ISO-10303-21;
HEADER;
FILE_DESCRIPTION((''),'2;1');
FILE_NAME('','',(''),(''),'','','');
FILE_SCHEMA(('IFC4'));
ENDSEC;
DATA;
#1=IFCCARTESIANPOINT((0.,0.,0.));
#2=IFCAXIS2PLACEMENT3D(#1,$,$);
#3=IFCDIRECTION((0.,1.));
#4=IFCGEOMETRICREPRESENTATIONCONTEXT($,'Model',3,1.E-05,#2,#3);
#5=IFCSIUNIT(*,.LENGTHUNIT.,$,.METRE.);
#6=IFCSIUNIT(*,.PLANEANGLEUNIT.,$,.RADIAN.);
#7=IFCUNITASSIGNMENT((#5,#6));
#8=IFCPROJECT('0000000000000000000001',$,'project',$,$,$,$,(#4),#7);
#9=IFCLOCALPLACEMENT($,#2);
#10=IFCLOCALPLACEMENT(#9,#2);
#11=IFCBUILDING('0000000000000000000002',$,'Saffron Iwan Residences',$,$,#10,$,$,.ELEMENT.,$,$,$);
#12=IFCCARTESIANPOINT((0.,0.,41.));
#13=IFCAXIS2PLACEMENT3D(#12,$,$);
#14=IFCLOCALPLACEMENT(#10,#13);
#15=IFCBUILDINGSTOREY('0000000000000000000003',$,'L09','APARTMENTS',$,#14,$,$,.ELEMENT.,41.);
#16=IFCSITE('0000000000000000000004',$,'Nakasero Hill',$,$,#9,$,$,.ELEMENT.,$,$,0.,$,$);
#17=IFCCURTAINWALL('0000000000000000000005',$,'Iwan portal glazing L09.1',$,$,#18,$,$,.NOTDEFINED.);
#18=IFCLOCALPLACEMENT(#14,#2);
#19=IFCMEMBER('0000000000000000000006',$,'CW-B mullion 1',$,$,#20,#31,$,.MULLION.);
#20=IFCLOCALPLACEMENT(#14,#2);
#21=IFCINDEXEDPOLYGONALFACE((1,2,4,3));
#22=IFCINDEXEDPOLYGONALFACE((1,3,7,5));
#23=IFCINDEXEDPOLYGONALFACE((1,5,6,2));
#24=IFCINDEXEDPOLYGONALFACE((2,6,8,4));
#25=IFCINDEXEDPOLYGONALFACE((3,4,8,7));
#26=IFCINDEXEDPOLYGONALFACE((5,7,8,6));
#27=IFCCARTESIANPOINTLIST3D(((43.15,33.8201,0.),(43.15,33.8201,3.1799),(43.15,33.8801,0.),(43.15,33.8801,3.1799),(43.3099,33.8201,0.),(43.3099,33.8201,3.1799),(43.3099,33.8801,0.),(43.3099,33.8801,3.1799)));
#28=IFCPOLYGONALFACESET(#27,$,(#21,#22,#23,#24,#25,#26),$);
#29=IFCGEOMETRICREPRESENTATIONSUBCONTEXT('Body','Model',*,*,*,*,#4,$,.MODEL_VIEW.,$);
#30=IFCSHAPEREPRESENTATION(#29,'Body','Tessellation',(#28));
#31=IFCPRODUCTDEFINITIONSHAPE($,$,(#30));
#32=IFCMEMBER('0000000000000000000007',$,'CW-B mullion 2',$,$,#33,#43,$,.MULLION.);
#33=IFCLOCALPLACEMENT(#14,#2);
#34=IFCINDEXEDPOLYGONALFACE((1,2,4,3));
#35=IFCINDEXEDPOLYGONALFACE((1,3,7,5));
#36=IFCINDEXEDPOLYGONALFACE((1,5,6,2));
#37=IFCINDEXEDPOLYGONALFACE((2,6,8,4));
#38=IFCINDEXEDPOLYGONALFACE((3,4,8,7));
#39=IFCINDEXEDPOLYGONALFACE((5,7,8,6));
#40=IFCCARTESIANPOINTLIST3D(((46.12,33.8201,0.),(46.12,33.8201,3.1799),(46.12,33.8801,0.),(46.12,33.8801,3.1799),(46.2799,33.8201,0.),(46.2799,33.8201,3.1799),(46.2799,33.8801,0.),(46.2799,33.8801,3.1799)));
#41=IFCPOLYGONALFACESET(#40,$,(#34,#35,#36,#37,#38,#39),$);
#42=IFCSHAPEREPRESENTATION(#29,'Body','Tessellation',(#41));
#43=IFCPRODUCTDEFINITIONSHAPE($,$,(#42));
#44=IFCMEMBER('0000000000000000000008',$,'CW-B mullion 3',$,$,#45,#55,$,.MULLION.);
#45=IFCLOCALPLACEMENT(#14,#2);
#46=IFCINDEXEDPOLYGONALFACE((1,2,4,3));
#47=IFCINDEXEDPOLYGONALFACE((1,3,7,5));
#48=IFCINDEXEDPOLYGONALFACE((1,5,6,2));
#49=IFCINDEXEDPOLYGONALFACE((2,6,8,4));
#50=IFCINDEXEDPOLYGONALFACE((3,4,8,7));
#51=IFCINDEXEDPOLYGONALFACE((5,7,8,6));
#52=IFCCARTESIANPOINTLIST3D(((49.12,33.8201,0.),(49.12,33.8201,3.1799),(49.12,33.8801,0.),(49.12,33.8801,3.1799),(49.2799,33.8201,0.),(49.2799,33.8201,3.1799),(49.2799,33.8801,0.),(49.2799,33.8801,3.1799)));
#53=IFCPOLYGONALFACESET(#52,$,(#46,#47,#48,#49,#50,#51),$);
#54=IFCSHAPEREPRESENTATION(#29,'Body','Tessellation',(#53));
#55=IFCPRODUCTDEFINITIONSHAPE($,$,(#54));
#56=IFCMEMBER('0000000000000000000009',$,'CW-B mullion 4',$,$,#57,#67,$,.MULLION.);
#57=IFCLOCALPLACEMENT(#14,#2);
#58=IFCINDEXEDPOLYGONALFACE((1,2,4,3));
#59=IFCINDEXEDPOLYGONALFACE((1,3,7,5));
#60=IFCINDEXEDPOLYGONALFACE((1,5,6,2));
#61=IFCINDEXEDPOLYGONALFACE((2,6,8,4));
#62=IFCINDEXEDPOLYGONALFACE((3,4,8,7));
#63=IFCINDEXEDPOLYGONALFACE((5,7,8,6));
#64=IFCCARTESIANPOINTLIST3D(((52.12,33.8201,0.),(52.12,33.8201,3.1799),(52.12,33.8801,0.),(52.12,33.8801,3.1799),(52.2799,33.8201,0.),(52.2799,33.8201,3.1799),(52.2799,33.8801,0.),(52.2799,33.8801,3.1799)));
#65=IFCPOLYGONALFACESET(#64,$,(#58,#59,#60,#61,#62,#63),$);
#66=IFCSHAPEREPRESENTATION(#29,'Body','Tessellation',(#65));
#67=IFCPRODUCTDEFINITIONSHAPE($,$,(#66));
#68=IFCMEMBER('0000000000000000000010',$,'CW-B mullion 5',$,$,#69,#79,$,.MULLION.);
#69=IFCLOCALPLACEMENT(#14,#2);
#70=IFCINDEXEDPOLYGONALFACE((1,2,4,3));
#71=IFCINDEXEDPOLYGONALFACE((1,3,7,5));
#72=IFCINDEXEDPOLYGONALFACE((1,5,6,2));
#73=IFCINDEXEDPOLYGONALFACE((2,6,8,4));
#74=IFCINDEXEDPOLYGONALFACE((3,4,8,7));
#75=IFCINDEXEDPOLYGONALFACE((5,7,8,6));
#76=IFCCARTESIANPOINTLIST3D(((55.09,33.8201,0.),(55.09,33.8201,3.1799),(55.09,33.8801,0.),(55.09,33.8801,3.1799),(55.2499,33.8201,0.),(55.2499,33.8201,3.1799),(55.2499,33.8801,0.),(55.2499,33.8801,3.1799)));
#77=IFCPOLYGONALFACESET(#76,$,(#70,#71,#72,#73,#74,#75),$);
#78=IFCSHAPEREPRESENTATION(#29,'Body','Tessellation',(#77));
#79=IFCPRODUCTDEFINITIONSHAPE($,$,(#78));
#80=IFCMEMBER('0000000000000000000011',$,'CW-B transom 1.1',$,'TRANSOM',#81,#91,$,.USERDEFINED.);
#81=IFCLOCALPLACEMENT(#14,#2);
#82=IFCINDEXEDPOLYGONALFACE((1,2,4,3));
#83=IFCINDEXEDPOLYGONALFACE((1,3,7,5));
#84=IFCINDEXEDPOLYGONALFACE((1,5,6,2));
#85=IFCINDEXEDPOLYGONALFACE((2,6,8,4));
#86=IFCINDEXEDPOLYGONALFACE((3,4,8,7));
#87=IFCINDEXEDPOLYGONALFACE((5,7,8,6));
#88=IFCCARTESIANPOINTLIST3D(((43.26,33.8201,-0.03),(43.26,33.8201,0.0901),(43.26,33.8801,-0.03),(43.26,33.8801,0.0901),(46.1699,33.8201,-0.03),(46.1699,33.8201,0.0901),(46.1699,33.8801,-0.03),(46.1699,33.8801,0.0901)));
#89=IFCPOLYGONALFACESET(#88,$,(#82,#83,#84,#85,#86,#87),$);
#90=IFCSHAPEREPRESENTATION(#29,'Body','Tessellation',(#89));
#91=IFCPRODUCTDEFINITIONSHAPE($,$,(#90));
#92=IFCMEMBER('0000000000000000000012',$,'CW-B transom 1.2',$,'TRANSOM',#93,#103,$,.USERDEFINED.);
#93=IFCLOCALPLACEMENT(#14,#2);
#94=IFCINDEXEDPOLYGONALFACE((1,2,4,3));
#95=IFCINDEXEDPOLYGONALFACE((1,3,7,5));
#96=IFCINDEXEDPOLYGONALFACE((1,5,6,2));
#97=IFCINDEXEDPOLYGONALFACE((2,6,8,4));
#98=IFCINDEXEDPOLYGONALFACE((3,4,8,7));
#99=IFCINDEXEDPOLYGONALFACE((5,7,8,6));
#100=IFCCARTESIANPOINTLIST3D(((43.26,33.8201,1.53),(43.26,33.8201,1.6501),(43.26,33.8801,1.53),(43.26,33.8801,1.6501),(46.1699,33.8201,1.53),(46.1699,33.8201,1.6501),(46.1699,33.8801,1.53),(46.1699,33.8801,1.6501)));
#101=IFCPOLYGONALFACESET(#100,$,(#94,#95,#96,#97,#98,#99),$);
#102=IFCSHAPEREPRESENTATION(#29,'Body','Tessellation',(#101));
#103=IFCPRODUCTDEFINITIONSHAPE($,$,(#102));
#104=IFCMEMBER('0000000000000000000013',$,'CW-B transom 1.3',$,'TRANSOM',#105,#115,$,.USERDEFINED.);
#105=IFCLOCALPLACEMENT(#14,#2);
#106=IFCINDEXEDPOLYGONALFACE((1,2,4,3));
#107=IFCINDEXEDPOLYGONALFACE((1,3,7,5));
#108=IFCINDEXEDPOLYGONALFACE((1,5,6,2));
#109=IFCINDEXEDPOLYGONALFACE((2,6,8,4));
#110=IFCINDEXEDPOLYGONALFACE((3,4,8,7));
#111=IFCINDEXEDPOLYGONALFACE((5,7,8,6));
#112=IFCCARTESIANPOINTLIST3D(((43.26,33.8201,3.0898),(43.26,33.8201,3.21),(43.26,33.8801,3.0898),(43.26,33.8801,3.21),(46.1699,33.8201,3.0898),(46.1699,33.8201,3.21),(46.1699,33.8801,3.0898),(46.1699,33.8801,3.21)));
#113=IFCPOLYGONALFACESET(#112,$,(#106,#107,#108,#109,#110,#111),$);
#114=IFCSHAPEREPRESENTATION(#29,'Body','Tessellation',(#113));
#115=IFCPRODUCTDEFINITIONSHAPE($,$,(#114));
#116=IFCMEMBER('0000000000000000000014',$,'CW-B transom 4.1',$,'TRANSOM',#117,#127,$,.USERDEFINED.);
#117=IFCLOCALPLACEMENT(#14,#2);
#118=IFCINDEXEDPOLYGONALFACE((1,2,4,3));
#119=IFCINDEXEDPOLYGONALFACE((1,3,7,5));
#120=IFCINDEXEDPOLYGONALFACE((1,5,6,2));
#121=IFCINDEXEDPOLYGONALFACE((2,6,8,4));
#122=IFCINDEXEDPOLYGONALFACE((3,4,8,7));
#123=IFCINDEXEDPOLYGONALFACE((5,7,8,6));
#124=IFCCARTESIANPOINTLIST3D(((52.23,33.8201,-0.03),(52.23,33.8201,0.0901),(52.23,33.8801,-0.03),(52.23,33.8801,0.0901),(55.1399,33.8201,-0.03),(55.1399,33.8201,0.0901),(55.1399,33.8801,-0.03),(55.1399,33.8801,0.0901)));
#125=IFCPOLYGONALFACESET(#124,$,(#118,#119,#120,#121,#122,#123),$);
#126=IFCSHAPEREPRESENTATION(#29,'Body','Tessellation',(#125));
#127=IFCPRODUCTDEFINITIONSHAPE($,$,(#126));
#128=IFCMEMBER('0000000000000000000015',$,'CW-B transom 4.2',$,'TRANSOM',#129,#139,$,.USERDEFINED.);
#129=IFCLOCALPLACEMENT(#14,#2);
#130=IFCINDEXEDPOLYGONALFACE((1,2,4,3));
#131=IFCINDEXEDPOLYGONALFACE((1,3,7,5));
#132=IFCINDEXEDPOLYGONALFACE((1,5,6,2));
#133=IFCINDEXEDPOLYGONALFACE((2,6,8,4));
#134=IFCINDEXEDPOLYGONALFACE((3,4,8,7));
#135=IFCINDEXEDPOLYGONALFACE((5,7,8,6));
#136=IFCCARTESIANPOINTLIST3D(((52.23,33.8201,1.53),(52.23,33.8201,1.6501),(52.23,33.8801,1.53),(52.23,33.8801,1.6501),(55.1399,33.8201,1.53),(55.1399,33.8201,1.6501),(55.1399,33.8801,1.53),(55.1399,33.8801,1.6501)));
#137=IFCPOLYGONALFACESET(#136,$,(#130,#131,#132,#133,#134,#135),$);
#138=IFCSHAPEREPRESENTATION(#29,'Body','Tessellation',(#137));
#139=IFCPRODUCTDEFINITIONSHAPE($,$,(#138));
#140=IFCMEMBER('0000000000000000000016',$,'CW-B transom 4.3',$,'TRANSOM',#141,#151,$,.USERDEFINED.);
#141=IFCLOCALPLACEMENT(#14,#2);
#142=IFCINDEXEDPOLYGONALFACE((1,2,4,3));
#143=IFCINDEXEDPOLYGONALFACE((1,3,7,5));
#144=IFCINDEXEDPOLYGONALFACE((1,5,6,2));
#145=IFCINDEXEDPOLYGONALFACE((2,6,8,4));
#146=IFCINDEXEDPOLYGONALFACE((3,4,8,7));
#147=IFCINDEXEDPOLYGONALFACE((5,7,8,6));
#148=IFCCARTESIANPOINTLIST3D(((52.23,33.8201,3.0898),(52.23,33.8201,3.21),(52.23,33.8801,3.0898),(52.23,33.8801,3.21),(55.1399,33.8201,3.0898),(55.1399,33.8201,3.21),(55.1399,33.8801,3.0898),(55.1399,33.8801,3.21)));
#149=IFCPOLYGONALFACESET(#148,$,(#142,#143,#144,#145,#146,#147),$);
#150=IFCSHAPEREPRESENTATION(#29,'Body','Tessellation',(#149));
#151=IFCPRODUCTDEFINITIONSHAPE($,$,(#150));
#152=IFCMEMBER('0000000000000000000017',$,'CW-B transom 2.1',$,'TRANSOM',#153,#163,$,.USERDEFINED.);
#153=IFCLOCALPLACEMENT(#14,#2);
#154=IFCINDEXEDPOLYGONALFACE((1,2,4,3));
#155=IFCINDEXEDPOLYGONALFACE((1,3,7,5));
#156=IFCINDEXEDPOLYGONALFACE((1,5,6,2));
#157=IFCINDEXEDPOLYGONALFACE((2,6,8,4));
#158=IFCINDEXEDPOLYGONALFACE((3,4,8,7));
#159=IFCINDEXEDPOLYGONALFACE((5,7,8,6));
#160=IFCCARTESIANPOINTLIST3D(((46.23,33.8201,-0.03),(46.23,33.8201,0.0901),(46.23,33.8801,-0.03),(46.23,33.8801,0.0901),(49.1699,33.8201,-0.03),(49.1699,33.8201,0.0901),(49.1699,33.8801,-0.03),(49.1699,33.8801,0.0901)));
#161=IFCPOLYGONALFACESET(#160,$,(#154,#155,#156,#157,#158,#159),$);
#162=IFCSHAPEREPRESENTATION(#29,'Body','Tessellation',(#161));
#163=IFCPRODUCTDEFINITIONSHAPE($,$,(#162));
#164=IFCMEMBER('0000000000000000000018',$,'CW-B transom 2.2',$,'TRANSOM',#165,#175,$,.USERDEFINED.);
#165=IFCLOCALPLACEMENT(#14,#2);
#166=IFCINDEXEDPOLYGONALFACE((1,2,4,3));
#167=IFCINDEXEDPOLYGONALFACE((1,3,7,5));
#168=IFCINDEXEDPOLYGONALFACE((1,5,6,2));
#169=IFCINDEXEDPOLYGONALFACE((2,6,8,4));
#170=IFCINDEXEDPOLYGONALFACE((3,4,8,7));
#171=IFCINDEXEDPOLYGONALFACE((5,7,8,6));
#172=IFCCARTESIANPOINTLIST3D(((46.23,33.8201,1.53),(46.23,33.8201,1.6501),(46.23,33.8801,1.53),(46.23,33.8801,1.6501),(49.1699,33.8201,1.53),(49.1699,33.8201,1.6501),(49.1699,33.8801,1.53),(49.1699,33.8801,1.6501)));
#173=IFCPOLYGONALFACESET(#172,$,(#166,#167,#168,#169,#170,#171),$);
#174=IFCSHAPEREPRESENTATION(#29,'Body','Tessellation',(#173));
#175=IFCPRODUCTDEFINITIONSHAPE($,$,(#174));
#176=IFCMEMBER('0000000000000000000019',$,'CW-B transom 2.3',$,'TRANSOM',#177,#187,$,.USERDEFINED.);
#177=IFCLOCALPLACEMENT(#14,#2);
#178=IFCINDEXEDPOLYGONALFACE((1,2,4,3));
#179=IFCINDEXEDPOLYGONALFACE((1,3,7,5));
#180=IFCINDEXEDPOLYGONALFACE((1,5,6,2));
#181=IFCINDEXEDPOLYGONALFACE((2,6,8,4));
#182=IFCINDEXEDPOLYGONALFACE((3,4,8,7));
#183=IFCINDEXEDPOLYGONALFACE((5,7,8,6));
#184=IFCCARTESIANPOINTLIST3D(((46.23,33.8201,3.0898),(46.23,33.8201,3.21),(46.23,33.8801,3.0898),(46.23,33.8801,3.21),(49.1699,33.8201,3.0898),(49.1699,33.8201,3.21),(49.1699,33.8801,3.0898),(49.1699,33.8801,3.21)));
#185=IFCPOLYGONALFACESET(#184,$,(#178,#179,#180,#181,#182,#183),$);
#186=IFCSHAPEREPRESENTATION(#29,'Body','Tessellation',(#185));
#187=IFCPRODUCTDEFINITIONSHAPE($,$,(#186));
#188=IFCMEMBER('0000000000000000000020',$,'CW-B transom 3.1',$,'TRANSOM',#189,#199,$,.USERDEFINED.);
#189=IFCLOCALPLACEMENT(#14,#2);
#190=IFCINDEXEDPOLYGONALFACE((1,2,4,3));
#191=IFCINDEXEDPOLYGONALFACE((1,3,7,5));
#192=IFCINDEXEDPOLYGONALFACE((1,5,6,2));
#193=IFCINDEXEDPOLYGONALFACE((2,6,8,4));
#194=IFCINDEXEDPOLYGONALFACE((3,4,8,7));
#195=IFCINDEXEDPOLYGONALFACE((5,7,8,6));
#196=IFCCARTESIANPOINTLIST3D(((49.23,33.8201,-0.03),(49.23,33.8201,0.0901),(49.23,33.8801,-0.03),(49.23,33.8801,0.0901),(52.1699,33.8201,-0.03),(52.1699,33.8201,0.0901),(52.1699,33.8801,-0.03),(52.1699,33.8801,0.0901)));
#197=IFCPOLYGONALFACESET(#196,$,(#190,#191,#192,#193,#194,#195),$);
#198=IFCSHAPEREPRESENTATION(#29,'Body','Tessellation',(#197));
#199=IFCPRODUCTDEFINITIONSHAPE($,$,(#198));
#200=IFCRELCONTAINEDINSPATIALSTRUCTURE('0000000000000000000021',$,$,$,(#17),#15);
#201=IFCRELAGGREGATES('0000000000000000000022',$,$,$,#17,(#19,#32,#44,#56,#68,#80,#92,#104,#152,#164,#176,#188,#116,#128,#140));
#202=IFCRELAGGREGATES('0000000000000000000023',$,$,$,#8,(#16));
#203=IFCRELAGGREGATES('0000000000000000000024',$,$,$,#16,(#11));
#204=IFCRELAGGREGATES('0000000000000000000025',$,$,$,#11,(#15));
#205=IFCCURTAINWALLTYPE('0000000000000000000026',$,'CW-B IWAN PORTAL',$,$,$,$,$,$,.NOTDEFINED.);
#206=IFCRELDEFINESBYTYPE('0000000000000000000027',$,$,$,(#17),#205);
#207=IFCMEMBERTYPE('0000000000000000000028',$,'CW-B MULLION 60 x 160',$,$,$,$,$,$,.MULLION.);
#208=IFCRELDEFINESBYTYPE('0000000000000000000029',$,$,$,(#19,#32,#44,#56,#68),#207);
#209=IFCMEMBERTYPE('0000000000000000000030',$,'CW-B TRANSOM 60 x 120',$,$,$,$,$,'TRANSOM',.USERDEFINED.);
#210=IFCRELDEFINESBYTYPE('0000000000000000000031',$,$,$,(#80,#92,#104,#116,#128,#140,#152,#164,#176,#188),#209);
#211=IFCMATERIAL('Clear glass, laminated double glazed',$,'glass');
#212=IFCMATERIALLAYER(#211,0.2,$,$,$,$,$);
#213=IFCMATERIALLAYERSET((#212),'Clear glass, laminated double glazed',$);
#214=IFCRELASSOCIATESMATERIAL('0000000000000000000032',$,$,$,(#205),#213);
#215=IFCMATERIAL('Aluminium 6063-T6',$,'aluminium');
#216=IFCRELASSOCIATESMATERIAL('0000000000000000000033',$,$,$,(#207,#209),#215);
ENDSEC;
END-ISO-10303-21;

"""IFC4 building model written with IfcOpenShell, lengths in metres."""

from ifc_helpers import new_model, si_unit, direction, frame, origin, origin_2d, place, context, subcontext, project, spatial, rectangle, extrude, source, transform, mapped, material, layer, layer_set, material_profile, profile_set, type_object, element, aggregate, save


model = new_model("IFC4")

# Units and contexts
model_context = context("Model", 3, precision=1e-05, world=origin(), true_north=direction((0.0, 1.0)))
body_context = subcontext(model_context, "Body", "Model", "MODEL_VIEW")
ifc_project = project(units=[si_unit("LENGTHUNIT", "METRE"), si_unit("PLANEANGLEUNIT", "RADIAN")], contexts=[model_context])

# Site, building, storey
site_placement = place(None, origin())
site = spatial("IfcSite", under=ifc_project, at=site_placement, Name="Nakasero Hill", CompositionType="ELEMENT", RefElevation=0.0)
building_placement = place(site_placement, origin())
building = spatial("IfcBuilding", under=site, at=building_placement, Name="Saffron Iwan Residences", CompositionType="ELEMENT")
storey_placement = place(building_placement, frame((0.0, 0.0, 41.0)))
storey = spatial("IfcBuildingStorey", under=building, at=storey_placement, Name="L09", Description="APARTMENTS", CompositionType="ELEMENT", Elevation=41.0)

# Curtain wall, members
ifc_material_1 = material(Name="Clear glass, laminated double glazed", Category="glass")
ifc_layer_1 = layer(ifc_material_1, 0.2)
ifc_layer_set_1 = layer_set([ifc_layer_1], Name="Clear glass, laminated double glazed")
curtain_wall_type = type_object("IfcCurtainWallType", Name="CW-B IWAN PORTAL", PredefinedType="NOTDEFINED", material=ifc_layer_set_1)
curtain_wall_placement = place(storey_placement, origin())
curtain_wall = element("IfcCurtainWall", 1, at=curtain_wall_placement, inside=storey, type_object=curtain_wall_type, Name="Iwan portal glazing L09.1", PredefinedType="NOTDEFINED")
ifc_material_2 = material(Name="Aluminium 6063-T6", Category="aluminium")
ifc_material_profile_1 = material_profile(ifc_material_2, rectangle(XDim=0.0601, YDim=0.1599, at=origin_2d()), Name="CW-B MULLION 60 x 160")
ifc_profile_set_1 = profile_set([ifc_material_profile_1], Name="Aluminium 6063-T6")
member_type_1 = type_object("IfcMemberType", Name="CW-B MULLION 60 x 160", PredefinedType="MULLION", material=ifc_profile_set_1)
shared_shape_1 = source(origin(), body_context, "Body", "SweptSolid", [
    extrude(rectangle(XDim=0.0601, YDim=0.1599, at=origin_2d()), origin(), (0.0, 0.0, 1.0), 3.1799),
])
member_1_placement = place(storey_placement, frame((43.23, 33.8501, 0.0), z_axis=(0.0, 0.0, 1.0), x_axis=(0.0, 1.0, 0.0)))
member_1 = element("IfcMember", 2, at=member_1_placement, type_object=member_type_1, Name="CW-B mullion 1", PredefinedType="MULLION", context=body_context, shape_type="MappedRepresentation", body=[
    mapped(shared_shape_1, transform((0.0, 0.0, 0.0))),
])
member_2_placement = place(storey_placement, frame((46.2, 33.8501, 0.0), z_axis=(0.0, 0.0, 1.0), x_axis=(0.0, 1.0, 0.0)))
member_2 = element("IfcMember", 3, at=member_2_placement, type_object=member_type_1, Name="CW-B mullion 2", PredefinedType="MULLION", context=body_context, shape_type="MappedRepresentation", body=[
    mapped(shared_shape_1, transform((0.0, 0.0, 0.0))),
])
member_3_placement = place(storey_placement, frame((49.2, 33.8501, 0.0), z_axis=(0.0, 0.0, 1.0), x_axis=(0.0, 1.0, 0.0)))
member_3 = element("IfcMember", 4, at=member_3_placement, type_object=member_type_1, Name="CW-B mullion 3", PredefinedType="MULLION", context=body_context, shape_type="MappedRepresentation", body=[
    mapped(shared_shape_1, transform((0.0, 0.0, 0.0))),
])
member_4_placement = place(storey_placement, frame((52.2, 33.8501, 0.0), z_axis=(0.0, 0.0, 1.0), x_axis=(0.0, 1.0, 0.0)))
member_4 = element("IfcMember", 5, at=member_4_placement, type_object=member_type_1, Name="CW-B mullion 4", PredefinedType="MULLION", context=body_context, shape_type="MappedRepresentation", body=[
    mapped(shared_shape_1, transform((0.0, 0.0, 0.0))),
])
member_5_placement = place(storey_placement, frame((55.1699, 33.8501, 0.0), z_axis=(0.0, 0.0, 1.0), x_axis=(0.0, 1.0, 0.0)))
member_5 = element("IfcMember", 6, at=member_5_placement, type_object=member_type_1, Name="CW-B mullion 5", PredefinedType="MULLION", context=body_context, shape_type="MappedRepresentation", body=[
    mapped(shared_shape_1, transform((0.0, 0.0, 0.0))),
])
ifc_material_profile_2 = material_profile(ifc_material_2, rectangle(XDim=0.0601, YDim=0.1201, at=origin_2d()), Name="CW-B TRANSOM 60 x 120")
ifc_profile_set_2 = profile_set([ifc_material_profile_2], Name="Aluminium 6063-T6")
member_type_2 = type_object("IfcMemberType", Name="CW-B TRANSOM 60 x 120", ElementType="TRANSOM", PredefinedType="USERDEFINED", material=ifc_profile_set_2)
shared_shape_2 = source(origin(), body_context, "Body", "SweptSolid", [
    extrude(rectangle(XDim=0.0601, YDim=0.1201, at=origin_2d()), origin(), (0.0, 0.0, 1.0), 2.9099),
])
member_6_placement = place(storey_placement, frame((43.26, 33.8501, 0.03), z_axis=(1.0, 0.0, 0.0), x_axis=(0.0, 1.0, 0.0)))
member_6 = element("IfcMember", 7, at=member_6_placement, type_object=member_type_2, Name="CW-B transom 1.1", ObjectType="TRANSOM", PredefinedType="USERDEFINED", context=body_context, shape_type="MappedRepresentation", body=[
    mapped(shared_shape_2, transform((0.0, 0.0, 0.0))),
])
member_7_placement = place(storey_placement, frame((43.26, 33.8501, 1.5901), z_axis=(1.0, 0.0, 0.0), x_axis=(0.0, 1.0, 0.0)))
member_7 = element("IfcMember", 8, at=member_7_placement, type_object=member_type_2, Name="CW-B transom 1.2", ObjectType="TRANSOM", PredefinedType="USERDEFINED", context=body_context, shape_type="MappedRepresentation", body=[
    mapped(shared_shape_2, transform((0.0, 0.0, 0.0))),
])
member_8_placement = place(storey_placement, frame((43.26, 33.8501, 3.1499), z_axis=(1.0, 0.0, 0.0), x_axis=(0.0, 1.0, 0.0)))
member_8 = element("IfcMember", 9, at=member_8_placement, type_object=member_type_2, Name="CW-B transom 1.3", ObjectType="TRANSOM", PredefinedType="USERDEFINED", context=body_context, shape_type="MappedRepresentation", body=[
    mapped(shared_shape_2, transform((0.0, 0.0, 0.0))),
])
member_9_placement = place(storey_placement, frame((52.23, 33.8501, 0.03), z_axis=(1.0, 0.0, 0.0), x_axis=(0.0, 1.0, 0.0)))
member_9 = element("IfcMember", 10, at=member_9_placement, type_object=member_type_2, Name="CW-B transom 4.1", ObjectType="TRANSOM", PredefinedType="USERDEFINED", context=body_context, shape_type="MappedRepresentation", body=[
    mapped(shared_shape_2, transform((0.0, 0.0, 0.0))),
])
member_10_placement = place(storey_placement, frame((52.23, 33.8501, 1.5901), z_axis=(1.0, 0.0, 0.0), x_axis=(0.0, 1.0, 0.0)))
member_10 = element("IfcMember", 11, at=member_10_placement, type_object=member_type_2, Name="CW-B transom 4.2", ObjectType="TRANSOM", PredefinedType="USERDEFINED", context=body_context, shape_type="MappedRepresentation", body=[
    mapped(shared_shape_2, transform((0.0, 0.0, 0.0))),
])
member_11_placement = place(storey_placement, frame((52.23, 33.8501, 3.1499), z_axis=(1.0, 0.0, 0.0), x_axis=(0.0, 1.0, 0.0)))
member_11 = element("IfcMember", 12, at=member_11_placement, type_object=member_type_2, Name="CW-B transom 4.3", ObjectType="TRANSOM", PredefinedType="USERDEFINED", context=body_context, shape_type="MappedRepresentation", body=[
    mapped(shared_shape_2, transform((0.0, 0.0, 0.0))),
])
shared_shape_3 = source(origin(), body_context, "Body", "SweptSolid", [
    extrude(rectangle(XDim=0.0601, YDim=0.1201, at=origin_2d()), origin(), (0.0, 0.0, 1.0), 2.9399),
])
member_12_placement = place(storey_placement, frame((46.23, 33.8501, 0.03), z_axis=(1.0, 0.0, 0.0), x_axis=(0.0, 1.0, 0.0)))
member_12 = element("IfcMember", 13, at=member_12_placement, type_object=member_type_2, Name="CW-B transom 2.1", ObjectType="TRANSOM", PredefinedType="USERDEFINED", context=body_context, shape_type="MappedRepresentation", body=[
    mapped(shared_shape_3, transform((0.0, 0.0, 0.0))),
])
member_13_placement = place(storey_placement, frame((46.23, 33.8501, 1.5901), z_axis=(1.0, 0.0, 0.0), x_axis=(0.0, 1.0, 0.0)))
member_13 = element("IfcMember", 14, at=member_13_placement, type_object=member_type_2, Name="CW-B transom 2.2", ObjectType="TRANSOM", PredefinedType="USERDEFINED", context=body_context, shape_type="MappedRepresentation", body=[
    mapped(shared_shape_3, transform((0.0, 0.0, 0.0))),
])
member_14_placement = place(storey_placement, frame((46.23, 33.8501, 3.1499), z_axis=(1.0, 0.0, 0.0), x_axis=(0.0, 1.0, 0.0)))
member_14 = element("IfcMember", 15, at=member_14_placement, type_object=member_type_2, Name="CW-B transom 2.3", ObjectType="TRANSOM", PredefinedType="USERDEFINED", context=body_context, shape_type="MappedRepresentation", body=[
    mapped(shared_shape_3, transform((0.0, 0.0, 0.0))),
])
member_15_placement = place(storey_placement, frame((49.23, 33.8501, 0.03), z_axis=(1.0, 0.0, 0.0), x_axis=(0.0, 1.0, 0.0)))
member_15 = element("IfcMember", 16, at=member_15_placement, type_object=member_type_2, Name="CW-B transom 3.1", ObjectType="TRANSOM", PredefinedType="USERDEFINED", context=body_context, shape_type="MappedRepresentation", body=[
    mapped(shared_shape_3, transform((0.0, 0.0, 0.0))),
])
aggregate(curtain_wall, [member_1, member_2, member_3, member_4, member_5, member_6, member_7, member_8, member_12, member_13, member_14, member_15, member_9, member_10, member_11])

save(model, "model.ifc")
